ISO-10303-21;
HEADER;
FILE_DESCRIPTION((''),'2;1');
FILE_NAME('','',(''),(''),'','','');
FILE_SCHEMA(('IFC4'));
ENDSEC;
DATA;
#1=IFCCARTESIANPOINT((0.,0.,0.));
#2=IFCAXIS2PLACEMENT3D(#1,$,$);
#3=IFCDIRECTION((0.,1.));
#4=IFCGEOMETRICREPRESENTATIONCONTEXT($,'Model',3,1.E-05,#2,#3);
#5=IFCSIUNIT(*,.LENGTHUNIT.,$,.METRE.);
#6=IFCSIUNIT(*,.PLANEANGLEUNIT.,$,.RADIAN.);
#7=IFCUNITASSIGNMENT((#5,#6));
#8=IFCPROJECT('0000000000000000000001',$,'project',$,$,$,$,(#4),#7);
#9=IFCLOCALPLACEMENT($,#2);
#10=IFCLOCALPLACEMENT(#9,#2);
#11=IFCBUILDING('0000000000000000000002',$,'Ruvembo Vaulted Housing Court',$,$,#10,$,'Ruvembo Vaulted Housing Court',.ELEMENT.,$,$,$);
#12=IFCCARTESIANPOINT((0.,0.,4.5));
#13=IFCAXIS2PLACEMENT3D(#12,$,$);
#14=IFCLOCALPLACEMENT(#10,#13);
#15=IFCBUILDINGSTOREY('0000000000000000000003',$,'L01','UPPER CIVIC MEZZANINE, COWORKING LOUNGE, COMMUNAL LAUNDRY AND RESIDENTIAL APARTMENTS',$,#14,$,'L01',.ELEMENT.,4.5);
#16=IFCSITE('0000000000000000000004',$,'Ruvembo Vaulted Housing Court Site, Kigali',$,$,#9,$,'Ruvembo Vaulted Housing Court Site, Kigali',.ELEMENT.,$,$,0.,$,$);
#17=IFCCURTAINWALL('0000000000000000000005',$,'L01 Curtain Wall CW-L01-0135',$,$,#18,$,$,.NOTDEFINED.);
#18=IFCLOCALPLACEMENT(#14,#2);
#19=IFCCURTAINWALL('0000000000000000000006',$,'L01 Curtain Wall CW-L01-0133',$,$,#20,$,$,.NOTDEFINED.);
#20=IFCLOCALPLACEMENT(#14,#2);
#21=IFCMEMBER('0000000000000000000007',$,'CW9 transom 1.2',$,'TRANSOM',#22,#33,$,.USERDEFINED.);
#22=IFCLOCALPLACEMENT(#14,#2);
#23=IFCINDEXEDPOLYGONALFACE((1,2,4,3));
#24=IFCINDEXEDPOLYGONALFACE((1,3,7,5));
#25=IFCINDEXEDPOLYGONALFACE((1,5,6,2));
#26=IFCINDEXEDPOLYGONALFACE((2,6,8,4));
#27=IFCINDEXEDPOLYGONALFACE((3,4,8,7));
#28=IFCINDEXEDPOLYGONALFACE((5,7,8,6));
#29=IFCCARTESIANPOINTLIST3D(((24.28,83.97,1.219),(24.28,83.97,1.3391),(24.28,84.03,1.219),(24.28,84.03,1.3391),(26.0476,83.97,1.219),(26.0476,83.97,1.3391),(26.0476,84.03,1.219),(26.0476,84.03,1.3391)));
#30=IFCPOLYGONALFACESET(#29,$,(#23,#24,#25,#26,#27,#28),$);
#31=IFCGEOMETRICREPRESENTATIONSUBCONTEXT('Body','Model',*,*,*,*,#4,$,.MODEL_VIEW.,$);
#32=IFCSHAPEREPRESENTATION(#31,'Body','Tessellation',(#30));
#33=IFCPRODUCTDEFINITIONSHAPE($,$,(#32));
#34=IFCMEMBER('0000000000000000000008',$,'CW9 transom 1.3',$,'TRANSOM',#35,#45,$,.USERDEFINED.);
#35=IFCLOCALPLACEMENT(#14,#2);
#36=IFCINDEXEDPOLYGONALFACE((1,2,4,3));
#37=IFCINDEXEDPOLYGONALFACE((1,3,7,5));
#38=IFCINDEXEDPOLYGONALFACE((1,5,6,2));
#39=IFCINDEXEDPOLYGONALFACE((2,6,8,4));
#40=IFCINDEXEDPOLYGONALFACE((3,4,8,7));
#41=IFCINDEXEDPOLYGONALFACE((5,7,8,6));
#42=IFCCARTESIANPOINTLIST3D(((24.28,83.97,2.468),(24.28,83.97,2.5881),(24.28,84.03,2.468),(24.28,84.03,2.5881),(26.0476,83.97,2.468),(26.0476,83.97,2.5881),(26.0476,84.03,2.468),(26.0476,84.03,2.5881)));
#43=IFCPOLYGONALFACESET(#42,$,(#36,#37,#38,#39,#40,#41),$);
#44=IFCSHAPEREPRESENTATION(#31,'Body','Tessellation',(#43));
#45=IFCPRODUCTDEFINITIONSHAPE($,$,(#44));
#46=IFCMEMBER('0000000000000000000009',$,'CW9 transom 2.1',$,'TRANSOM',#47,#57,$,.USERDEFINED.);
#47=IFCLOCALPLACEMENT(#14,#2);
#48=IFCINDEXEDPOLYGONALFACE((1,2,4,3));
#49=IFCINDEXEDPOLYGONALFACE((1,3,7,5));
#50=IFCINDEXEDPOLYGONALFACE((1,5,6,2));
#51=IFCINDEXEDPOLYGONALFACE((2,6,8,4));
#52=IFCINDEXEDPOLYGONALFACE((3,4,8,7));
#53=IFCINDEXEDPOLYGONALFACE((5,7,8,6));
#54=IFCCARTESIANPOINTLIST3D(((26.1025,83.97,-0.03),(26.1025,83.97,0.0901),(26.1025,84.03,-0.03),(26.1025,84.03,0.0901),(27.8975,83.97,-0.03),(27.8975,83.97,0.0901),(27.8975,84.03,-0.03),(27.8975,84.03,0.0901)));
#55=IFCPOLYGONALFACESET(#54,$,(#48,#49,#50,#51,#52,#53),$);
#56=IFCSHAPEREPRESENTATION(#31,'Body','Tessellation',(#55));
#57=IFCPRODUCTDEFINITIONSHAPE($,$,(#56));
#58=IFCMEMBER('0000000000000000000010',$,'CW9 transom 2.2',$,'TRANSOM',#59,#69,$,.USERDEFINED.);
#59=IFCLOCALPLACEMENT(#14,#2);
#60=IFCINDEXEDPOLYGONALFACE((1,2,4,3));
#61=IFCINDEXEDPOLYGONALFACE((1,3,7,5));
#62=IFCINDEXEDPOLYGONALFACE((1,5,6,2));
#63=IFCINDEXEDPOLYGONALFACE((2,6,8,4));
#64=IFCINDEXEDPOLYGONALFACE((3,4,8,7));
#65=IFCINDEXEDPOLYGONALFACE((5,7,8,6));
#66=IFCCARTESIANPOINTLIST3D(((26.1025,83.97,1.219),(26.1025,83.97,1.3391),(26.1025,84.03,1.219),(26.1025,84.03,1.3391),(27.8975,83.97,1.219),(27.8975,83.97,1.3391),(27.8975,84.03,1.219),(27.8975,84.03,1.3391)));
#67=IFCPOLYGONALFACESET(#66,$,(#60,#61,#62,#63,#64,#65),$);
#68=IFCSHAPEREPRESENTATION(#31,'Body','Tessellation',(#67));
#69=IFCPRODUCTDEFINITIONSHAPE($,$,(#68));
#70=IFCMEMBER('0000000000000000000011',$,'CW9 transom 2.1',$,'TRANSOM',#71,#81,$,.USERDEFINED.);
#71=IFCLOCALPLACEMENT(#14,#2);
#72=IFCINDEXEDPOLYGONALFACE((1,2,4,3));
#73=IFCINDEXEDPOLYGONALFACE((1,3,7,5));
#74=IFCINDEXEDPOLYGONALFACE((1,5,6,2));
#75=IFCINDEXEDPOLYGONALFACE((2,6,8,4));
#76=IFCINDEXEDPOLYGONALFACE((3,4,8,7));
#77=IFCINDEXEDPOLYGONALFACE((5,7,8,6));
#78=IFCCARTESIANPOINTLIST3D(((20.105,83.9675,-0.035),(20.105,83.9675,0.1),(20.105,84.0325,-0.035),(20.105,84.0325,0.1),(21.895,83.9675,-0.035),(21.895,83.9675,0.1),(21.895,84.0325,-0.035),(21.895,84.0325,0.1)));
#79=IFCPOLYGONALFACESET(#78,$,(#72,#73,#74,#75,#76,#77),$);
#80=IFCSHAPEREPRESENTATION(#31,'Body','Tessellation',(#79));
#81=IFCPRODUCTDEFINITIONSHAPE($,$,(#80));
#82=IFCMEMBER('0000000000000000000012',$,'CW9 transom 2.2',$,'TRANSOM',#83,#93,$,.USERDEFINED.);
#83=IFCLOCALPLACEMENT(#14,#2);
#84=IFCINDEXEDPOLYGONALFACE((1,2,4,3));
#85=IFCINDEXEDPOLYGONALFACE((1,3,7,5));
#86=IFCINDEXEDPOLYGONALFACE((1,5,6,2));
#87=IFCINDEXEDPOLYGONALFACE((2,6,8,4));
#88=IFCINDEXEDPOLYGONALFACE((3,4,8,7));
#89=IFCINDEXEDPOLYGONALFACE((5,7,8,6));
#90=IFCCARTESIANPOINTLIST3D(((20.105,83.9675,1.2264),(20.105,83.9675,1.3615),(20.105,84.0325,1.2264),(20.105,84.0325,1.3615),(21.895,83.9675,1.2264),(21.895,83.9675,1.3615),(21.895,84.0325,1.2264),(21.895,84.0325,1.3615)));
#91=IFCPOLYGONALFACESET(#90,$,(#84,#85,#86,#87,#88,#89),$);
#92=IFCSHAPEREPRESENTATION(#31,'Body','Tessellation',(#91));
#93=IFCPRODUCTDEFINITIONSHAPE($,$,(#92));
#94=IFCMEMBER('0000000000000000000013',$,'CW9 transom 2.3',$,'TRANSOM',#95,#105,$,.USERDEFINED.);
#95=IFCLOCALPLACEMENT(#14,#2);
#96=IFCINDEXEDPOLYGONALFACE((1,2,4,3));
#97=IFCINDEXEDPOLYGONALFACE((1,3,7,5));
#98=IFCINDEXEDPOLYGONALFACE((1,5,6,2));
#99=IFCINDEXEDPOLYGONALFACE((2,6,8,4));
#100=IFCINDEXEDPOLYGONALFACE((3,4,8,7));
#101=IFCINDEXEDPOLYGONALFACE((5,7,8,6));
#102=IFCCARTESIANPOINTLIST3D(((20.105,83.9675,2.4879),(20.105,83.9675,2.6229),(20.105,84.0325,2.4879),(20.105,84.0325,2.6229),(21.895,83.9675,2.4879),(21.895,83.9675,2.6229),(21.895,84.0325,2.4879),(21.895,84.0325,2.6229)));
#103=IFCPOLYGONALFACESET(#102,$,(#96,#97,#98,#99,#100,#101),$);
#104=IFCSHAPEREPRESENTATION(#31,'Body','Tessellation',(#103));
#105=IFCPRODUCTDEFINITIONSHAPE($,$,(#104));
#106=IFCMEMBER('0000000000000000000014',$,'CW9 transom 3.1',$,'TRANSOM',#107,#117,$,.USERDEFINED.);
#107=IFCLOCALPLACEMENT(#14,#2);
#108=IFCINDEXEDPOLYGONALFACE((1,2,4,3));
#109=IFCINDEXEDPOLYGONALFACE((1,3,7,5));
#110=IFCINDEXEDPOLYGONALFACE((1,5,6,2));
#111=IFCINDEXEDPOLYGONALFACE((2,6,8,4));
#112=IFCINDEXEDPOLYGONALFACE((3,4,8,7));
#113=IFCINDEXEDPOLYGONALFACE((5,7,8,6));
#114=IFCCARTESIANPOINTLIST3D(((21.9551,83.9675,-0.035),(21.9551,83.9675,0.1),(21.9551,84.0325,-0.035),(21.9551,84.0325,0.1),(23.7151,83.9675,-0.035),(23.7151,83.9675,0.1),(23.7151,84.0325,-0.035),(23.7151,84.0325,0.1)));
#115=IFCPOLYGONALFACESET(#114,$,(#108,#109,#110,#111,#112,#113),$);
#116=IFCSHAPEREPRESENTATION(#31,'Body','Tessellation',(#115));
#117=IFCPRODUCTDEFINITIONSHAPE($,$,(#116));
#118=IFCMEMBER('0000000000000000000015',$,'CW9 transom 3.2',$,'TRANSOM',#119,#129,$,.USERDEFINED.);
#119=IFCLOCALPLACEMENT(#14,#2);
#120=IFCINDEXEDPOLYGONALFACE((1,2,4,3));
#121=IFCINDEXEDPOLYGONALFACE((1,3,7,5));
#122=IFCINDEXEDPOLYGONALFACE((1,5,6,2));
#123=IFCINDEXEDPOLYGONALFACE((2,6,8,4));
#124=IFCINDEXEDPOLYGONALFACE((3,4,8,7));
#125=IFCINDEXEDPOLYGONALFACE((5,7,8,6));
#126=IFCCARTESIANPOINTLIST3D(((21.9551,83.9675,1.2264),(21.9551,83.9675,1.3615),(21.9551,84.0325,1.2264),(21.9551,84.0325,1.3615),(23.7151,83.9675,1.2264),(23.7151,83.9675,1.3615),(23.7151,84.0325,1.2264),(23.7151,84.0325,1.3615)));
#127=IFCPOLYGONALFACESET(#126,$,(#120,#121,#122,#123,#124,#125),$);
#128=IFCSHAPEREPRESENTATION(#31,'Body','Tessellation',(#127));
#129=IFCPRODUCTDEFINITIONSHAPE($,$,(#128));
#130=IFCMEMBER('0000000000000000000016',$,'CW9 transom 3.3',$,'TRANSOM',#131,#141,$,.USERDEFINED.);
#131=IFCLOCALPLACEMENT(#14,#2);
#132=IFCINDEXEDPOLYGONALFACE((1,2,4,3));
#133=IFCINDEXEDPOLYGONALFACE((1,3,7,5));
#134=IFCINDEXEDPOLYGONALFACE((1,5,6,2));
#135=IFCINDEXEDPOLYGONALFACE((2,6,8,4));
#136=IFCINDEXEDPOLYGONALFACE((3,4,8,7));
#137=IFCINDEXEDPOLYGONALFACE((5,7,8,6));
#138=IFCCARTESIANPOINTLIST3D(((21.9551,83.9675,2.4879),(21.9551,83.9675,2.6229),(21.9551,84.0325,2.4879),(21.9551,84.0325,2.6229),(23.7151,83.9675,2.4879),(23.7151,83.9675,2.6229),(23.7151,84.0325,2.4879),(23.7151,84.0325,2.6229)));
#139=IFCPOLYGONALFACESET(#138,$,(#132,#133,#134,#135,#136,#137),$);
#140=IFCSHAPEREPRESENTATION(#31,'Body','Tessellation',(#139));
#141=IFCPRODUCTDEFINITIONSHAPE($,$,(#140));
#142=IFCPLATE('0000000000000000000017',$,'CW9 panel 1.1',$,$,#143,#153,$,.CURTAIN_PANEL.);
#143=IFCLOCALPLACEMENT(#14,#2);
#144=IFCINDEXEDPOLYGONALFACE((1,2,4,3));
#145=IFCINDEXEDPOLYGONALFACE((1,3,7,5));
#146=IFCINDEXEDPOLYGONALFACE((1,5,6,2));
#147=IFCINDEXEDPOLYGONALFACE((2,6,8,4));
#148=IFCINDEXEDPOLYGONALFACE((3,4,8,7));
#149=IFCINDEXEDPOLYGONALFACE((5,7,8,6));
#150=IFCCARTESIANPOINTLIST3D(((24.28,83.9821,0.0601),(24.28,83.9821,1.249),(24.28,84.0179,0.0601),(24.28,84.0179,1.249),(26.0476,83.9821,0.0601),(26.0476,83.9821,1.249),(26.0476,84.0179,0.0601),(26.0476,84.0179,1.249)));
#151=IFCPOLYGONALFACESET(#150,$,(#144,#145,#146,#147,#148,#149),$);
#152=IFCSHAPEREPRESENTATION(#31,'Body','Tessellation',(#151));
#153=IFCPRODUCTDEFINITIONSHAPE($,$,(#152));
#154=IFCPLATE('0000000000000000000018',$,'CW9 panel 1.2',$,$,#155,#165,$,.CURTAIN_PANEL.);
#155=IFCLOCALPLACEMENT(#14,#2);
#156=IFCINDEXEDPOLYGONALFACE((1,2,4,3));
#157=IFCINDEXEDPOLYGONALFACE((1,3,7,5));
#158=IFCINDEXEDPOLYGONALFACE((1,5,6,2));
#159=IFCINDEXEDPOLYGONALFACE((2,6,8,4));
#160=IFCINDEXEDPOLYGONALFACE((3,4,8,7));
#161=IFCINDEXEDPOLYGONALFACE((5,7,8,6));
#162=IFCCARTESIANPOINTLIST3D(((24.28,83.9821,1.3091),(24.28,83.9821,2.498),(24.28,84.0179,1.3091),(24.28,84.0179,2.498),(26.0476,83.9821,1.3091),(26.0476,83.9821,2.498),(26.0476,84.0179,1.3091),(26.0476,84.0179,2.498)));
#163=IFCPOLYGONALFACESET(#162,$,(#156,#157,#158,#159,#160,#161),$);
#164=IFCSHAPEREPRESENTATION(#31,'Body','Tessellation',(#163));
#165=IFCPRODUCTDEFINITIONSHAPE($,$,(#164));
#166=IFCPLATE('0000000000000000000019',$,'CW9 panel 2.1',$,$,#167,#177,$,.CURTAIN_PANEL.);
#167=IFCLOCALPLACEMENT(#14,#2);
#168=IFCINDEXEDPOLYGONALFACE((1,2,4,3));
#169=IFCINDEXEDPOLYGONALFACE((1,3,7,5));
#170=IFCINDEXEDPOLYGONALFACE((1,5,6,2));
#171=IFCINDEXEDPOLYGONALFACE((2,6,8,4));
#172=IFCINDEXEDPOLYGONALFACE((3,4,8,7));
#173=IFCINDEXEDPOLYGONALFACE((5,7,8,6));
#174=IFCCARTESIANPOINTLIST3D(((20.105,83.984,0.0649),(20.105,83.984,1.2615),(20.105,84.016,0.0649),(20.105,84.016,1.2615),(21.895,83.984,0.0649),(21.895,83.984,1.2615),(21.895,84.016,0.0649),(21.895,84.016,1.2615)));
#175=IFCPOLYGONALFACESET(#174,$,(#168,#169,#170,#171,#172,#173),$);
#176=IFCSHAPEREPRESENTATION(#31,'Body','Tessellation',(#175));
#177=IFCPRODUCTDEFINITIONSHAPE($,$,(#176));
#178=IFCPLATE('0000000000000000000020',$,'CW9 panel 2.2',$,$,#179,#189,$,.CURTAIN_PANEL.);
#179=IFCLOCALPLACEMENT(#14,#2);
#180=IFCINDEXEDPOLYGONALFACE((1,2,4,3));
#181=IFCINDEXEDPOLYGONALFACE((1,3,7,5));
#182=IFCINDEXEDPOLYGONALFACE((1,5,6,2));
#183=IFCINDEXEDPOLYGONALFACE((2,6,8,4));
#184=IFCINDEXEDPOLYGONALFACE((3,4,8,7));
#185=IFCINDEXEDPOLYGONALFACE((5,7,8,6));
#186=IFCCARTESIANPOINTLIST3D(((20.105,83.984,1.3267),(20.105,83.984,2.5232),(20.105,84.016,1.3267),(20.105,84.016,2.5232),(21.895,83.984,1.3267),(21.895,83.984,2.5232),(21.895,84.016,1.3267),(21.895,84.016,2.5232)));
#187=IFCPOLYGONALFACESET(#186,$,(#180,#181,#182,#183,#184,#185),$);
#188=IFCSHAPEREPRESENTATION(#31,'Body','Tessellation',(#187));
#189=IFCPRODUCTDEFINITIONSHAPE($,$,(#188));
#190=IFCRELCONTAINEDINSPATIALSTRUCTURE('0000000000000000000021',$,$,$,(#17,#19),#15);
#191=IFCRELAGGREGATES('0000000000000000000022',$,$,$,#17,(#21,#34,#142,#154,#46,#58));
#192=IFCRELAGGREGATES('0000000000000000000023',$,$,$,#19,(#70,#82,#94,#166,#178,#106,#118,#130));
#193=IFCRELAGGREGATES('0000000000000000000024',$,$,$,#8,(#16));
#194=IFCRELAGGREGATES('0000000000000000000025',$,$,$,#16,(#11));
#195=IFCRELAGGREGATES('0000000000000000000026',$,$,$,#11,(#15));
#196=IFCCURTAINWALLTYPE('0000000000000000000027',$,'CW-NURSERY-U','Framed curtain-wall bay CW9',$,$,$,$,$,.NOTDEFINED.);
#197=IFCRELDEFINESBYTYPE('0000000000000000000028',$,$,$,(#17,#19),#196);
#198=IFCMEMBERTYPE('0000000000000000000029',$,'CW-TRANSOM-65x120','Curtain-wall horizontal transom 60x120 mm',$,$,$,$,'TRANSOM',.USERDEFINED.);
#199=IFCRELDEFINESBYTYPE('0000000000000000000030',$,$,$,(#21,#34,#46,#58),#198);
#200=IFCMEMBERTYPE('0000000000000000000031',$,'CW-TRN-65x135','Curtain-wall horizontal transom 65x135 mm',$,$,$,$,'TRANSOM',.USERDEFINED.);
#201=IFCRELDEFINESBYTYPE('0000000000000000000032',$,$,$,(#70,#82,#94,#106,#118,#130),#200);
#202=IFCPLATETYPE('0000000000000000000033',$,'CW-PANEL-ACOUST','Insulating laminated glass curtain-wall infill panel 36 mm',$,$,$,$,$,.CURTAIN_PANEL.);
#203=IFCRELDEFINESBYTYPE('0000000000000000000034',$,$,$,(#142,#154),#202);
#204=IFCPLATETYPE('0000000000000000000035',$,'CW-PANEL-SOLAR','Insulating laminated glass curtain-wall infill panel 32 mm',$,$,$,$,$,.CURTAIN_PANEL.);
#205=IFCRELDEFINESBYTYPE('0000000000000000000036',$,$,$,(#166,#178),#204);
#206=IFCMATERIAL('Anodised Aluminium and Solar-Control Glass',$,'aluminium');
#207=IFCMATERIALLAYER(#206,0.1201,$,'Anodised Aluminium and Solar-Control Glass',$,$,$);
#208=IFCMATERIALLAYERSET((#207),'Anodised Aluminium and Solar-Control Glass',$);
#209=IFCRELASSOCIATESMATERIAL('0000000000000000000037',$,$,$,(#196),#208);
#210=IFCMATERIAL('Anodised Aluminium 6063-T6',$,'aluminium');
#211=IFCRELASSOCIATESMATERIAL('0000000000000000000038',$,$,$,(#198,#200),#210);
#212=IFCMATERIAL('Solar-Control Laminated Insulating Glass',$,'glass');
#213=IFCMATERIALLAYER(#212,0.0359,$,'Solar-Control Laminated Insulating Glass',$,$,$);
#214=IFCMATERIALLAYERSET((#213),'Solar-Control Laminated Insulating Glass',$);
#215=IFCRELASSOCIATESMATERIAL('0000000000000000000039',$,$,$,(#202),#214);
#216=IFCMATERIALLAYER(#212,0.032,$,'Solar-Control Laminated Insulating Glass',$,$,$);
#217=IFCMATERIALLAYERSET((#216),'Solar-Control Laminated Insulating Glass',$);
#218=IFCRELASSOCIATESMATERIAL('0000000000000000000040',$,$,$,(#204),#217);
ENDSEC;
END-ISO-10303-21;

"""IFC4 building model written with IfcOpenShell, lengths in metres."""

from ifc_helpers import new_model, si_unit, direction, frame, origin, origin_2d, place, context, subcontext, project, spatial, rectangle, extrude, material, layer, layer_set, material_profile, profile_set, type_object, element, aggregate, save


model = new_model("IFC4")

# Units and contexts
model_context = context("Model", 3, precision=1e-05, world=origin(), true_north=direction((0.0, 1.0)))
body_context = subcontext(model_context, "Body", "Model", "MODEL_VIEW")
ifc_project = project(units=[si_unit("LENGTHUNIT", "METRE"), si_unit("PLANEANGLEUNIT", "RADIAN")], contexts=[model_context])

# Site, building, storey
site_placement = place(None, origin())
site = spatial("IfcSite", under=ifc_project, at=site_placement, Name="Ruvembo Vaulted Housing Court Site, Kigali", LongName="Ruvembo Vaulted Housing Court Site, Kigali", CompositionType="ELEMENT", RefElevation=0.0)
building_placement = place(site_placement, origin())
building = spatial("IfcBuilding", under=site, at=building_placement, Name="Ruvembo Vaulted Housing Court", LongName="Ruvembo Vaulted Housing Court", CompositionType="ELEMENT")
storey_placement = place(building_placement, frame((0.0, 0.0, 4.5)))
storey = spatial("IfcBuildingStorey", under=building, at=storey_placement, Name="L01", Description="UPPER CIVIC MEZZANINE, COWORKING LOUNGE, COMMUNAL LAUNDRY AND RESIDENTIAL APARTMENTS", LongName="L01", CompositionType="ELEMENT", Elevation=4.5)

# Curtain walls
ifc_material_1 = material(Name="Anodised Aluminium and Solar-Control Glass", Category="aluminium")
ifc_layer_1 = layer(ifc_material_1, 0.1201, Name="Anodised Aluminium and Solar-Control Glass")
ifc_layer_set_1 = layer_set([ifc_layer_1], Name="Anodised Aluminium and Solar-Control Glass")
curtain_wall_type = type_object("IfcCurtainWallType", Name="CW-NURSERY-U", Description="Framed curtain-wall bay CW9", PredefinedType="NOTDEFINED", material=ifc_layer_set_1)
curtain_wall_1_placement = place(storey_placement, origin())
curtain_wall_1 = element("IfcCurtainWall", 1, at=curtain_wall_1_placement, inside=storey, type_object=curtain_wall_type, Name="L01 Curtain Wall CW-L01-0135", PredefinedType="NOTDEFINED")
ifc_material_2 = material(Name="Anodised Aluminium 6063-T6", Category="aluminium")
curtain_wall_2_placement = place(storey_placement, origin())
curtain_wall_2 = element("IfcCurtainWall", 2, at=curtain_wall_2_placement, inside=storey, type_object=curtain_wall_type, Name="L01 Curtain Wall CW-L01-0133", PredefinedType="NOTDEFINED")

# Members
ifc_material_profile_1 = material_profile(ifc_material_2, rectangle(XDim=0.0601, YDim=0.1201, at=origin_2d()), Name="ALU 60x120")
ifc_profile_set_1 = profile_set([ifc_material_profile_1], Name="Anodised Aluminium 6063-T6")
member_type_1 = type_object("IfcMemberType", Name="CW-TRANSOM-65x120", Description="Curtain-wall horizontal transom 60x120 mm", ElementType="TRANSOM", PredefinedType="USERDEFINED", material=ifc_profile_set_1)
member_1_placement = place(storey_placement, frame((24.28, 84.0, 1.2791), z_axis=(1.0, 0.0, 0.0), x_axis=(0.0, 1.0, 0.0)))
member_1 = element("IfcMember", 3, at=member_1_placement, type_object=member_type_1, Name="CW9 transom 1.2", ObjectType="TRANSOM", PredefinedType="USERDEFINED", context=body_context, shape_type="SweptSolid", body=[
    extrude(rectangle(XDim=0.0601, YDim=0.1201, at=origin_2d()), origin(), (0.0, 0.0, 1.0), 1.7676),
])
member_2_placement = place(storey_placement, frame((24.28, 84.0, 2.5281), z_axis=(1.0, 0.0, 0.0), x_axis=(0.0, 1.0, 0.0)))
member_2 = element("IfcMember", 4, at=member_2_placement, type_object=member_type_1, Name="CW9 transom 1.3", ObjectType="TRANSOM", PredefinedType="USERDEFINED", context=body_context, shape_type="SweptSolid", body=[
    extrude(rectangle(XDim=0.0601, YDim=0.1201, at=origin_2d()), origin(), (0.0, 0.0, 1.0), 1.7676),
])
member_3_placement = place(storey_placement, frame((26.1025, 84.0, 0.03), z_axis=(1.0, 0.0, 0.0), x_axis=(0.0, 1.0, 0.0)))
member_3 = element("IfcMember", 5, at=member_3_placement, type_object=member_type_1, Name="CW9 transom 2.1", ObjectType="TRANSOM", PredefinedType="USERDEFINED", context=body_context, shape_type="SweptSolid", body=[
    extrude(rectangle(XDim=0.0601, YDim=0.1201, at=origin_2d()), origin(), (0.0, 0.0, 1.0), 1.7949),
])
member_4_placement = place(storey_placement, frame((26.1025, 84.0, 1.2791), z_axis=(1.0, 0.0, 0.0), x_axis=(0.0, 1.0, 0.0)))
member_4 = element("IfcMember", 6, at=member_4_placement, type_object=member_type_1, Name="CW9 transom 2.2", ObjectType="TRANSOM", PredefinedType="USERDEFINED", context=body_context, shape_type="SweptSolid", body=[
    extrude(rectangle(XDim=0.0601, YDim=0.1201, at=origin_2d()), origin(), (0.0, 0.0, 1.0), 1.7949),
])
ifc_material_profile_2 = material_profile(ifc_material_2, rectangle(XDim=0.0649, YDim=0.135, at=origin_2d()), Name="ALU 65x135")
ifc_profile_set_2 = profile_set([ifc_material_profile_2], Name="Anodised Aluminium 6063-T6")
member_type_2 = type_object("IfcMemberType", Name="CW-TRN-65x135", Description="Curtain-wall horizontal transom 65x135 mm", ElementType="TRANSOM", PredefinedType="USERDEFINED", material=ifc_profile_set_2)
member_5_placement = place(storey_placement, frame((20.105, 84.0, 0.0325), z_axis=(1.0, 0.0, 0.0), x_axis=(0.0, 1.0, 0.0)))
member_5 = element("IfcMember", 7, at=member_5_placement, type_object=member_type_2, Name="CW9 transom 2.1", ObjectType="TRANSOM", PredefinedType="USERDEFINED", context=body_context, shape_type="SweptSolid", body=[
    extrude(rectangle(XDim=0.0649, YDim=0.135, at=origin_2d()), origin(), (0.0, 0.0, 1.0), 1.79),
])
member_6_placement = place(storey_placement, frame((20.105, 84.0, 1.2939), z_axis=(1.0, 0.0, 0.0), x_axis=(0.0, 1.0, 0.0)))
member_6 = element("IfcMember", 8, at=member_6_placement, type_object=member_type_2, Name="CW9 transom 2.2", ObjectType="TRANSOM", PredefinedType="USERDEFINED", context=body_context, shape_type="SweptSolid", body=[
    extrude(rectangle(XDim=0.0649, YDim=0.135, at=origin_2d()), origin(), (0.0, 0.0, 1.0), 1.79),
])
member_7_placement = place(storey_placement, frame((20.105, 84.0, 2.5554), z_axis=(1.0, 0.0, 0.0), x_axis=(0.0, 1.0, 0.0)))
member_7 = element("IfcMember", 9, at=member_7_placement, type_object=member_type_2, Name="CW9 transom 2.3", ObjectType="TRANSOM", PredefinedType="USERDEFINED", context=body_context, shape_type="SweptSolid", body=[
    extrude(rectangle(XDim=0.0649, YDim=0.135, at=origin_2d()), origin(), (0.0, 0.0, 1.0), 1.79),
])
member_8_placement = place(storey_placement, frame((21.9551, 84.0, 0.0325), z_axis=(1.0, 0.0, 0.0), x_axis=(0.0, 1.0, 0.0)))
member_8 = element("IfcMember", 10, at=member_8_placement, type_object=member_type_2, Name="CW9 transom 3.1", ObjectType="TRANSOM", PredefinedType="USERDEFINED", context=body_context, shape_type="SweptSolid", body=[
    extrude(rectangle(XDim=0.0649, YDim=0.135, at=origin_2d()), origin(), (0.0, 0.0, 1.0), 1.76),
])
member_9_placement = place(storey_placement, frame((21.9551, 84.0, 1.2939), z_axis=(1.0, 0.0, 0.0), x_axis=(0.0, 1.0, 0.0)))
member_9 = element("IfcMember", 11, at=member_9_placement, type_object=member_type_2, Name="CW9 transom 3.2", ObjectType="TRANSOM", PredefinedType="USERDEFINED", context=body_context, shape_type="SweptSolid", body=[
    extrude(rectangle(XDim=0.0649, YDim=0.135, at=origin_2d()), origin(), (0.0, 0.0, 1.0), 1.76),
])
member_10_placement = place(storey_placement, frame((21.9551, 84.0, 2.5554), z_axis=(1.0, 0.0, 0.0), x_axis=(0.0, 1.0, 0.0)))
member_10 = element("IfcMember", 12, at=member_10_placement, type_object=member_type_2, Name="CW9 transom 3.3", ObjectType="TRANSOM", PredefinedType="USERDEFINED", context=body_context, shape_type="SweptSolid", body=[
    extrude(rectangle(XDim=0.0649, YDim=0.135, at=origin_2d()), origin(), (0.0, 0.0, 1.0), 1.76),
])

# Plates
ifc_material_3 = material(Name="Solar-Control Laminated Insulating Glass", Category="glass")
ifc_layer_2 = layer(ifc_material_3, 0.0359, Name="Solar-Control Laminated Insulating Glass")
ifc_layer_set_2 = layer_set([ifc_layer_2], Name="Solar-Control Laminated Insulating Glass")
plate_type_1 = type_object("IfcPlateType", Name="CW-PANEL-ACOUST", Description="Insulating laminated glass curtain-wall infill panel 36 mm", PredefinedType="CURTAIN_PANEL", material=ifc_layer_set_2)
plate_1_placement = place(storey_placement, frame((25.1638, 84.0, 0.0601), z_axis=(0.0, 0.0, 1.0), x_axis=(1.0, 0.0, 0.0)))
plate_1 = element("IfcPlate", 13, at=plate_1_placement, type_object=plate_type_1, Name="CW9 panel 1.1", PredefinedType="CURTAIN_PANEL", context=body_context, shape_type="SweptSolid", body=[
    extrude(rectangle(XDim=1.7676, YDim=0.0359, at=origin_2d()), origin(), (0.0, 0.0, 1.0), 1.189),
])
plate_2_placement = place(storey_placement, frame((25.1638, 84.0, 1.3091), z_axis=(0.0, 0.0, 1.0), x_axis=(1.0, 0.0, 0.0)))
plate_2 = element("IfcPlate", 14, at=plate_2_placement, type_object=plate_type_1, Name="CW9 panel 1.2", PredefinedType="CURTAIN_PANEL", context=body_context, shape_type="SweptSolid", body=[
    extrude(rectangle(XDim=1.7676, YDim=0.0359, at=origin_2d()), origin(), (0.0, 0.0, 1.0), 1.189),
])
aggregate(curtain_wall_1, [member_1, member_2, plate_1, plate_2, member_3, member_4])
ifc_layer_3 = layer(ifc_material_3, 0.032, Name="Solar-Control Laminated Insulating Glass")
ifc_layer_set_3 = layer_set([ifc_layer_3], Name="Solar-Control Laminated Insulating Glass")
plate_type_2 = type_object("IfcPlateType", Name="CW-PANEL-SOLAR", Description="Insulating laminated glass curtain-wall infill panel 32 mm", PredefinedType="CURTAIN_PANEL", material=ifc_layer_set_3)
plate_3_placement = place(storey_placement, frame((21.0, 84.0, 0.0649), z_axis=(0.0, 0.0, 1.0), x_axis=(1.0, 0.0, 0.0)))
plate_3 = element("IfcPlate", 15, at=plate_3_placement, type_object=plate_type_2, Name="CW9 panel 2.1", PredefinedType="CURTAIN_PANEL", context=body_context, shape_type="SweptSolid", body=[
    extrude(rectangle(XDim=1.79, YDim=0.032, at=origin_2d()), origin(), (0.0, 0.0, 1.0), 1.1965),
])
plate_4_placement = place(storey_placement, frame((21.0, 84.0, 1.3267), z_axis=(0.0, 0.0, 1.0), x_axis=(1.0, 0.0, 0.0)))
plate_4 = element("IfcPlate", 16, at=plate_4_placement, type_object=plate_type_2, Name="CW9 panel 2.2", PredefinedType="CURTAIN_PANEL", context=body_context, shape_type="SweptSolid", body=[
    extrude(rectangle(XDim=1.79, YDim=0.032, at=origin_2d()), origin(), (0.0, 0.0, 1.0), 1.1965),
])
aggregate(curtain_wall_2, [member_5, member_6, member_7, plate_3, plate_4, member_8, member_9, member_10])

save(model, "model.ifc")
